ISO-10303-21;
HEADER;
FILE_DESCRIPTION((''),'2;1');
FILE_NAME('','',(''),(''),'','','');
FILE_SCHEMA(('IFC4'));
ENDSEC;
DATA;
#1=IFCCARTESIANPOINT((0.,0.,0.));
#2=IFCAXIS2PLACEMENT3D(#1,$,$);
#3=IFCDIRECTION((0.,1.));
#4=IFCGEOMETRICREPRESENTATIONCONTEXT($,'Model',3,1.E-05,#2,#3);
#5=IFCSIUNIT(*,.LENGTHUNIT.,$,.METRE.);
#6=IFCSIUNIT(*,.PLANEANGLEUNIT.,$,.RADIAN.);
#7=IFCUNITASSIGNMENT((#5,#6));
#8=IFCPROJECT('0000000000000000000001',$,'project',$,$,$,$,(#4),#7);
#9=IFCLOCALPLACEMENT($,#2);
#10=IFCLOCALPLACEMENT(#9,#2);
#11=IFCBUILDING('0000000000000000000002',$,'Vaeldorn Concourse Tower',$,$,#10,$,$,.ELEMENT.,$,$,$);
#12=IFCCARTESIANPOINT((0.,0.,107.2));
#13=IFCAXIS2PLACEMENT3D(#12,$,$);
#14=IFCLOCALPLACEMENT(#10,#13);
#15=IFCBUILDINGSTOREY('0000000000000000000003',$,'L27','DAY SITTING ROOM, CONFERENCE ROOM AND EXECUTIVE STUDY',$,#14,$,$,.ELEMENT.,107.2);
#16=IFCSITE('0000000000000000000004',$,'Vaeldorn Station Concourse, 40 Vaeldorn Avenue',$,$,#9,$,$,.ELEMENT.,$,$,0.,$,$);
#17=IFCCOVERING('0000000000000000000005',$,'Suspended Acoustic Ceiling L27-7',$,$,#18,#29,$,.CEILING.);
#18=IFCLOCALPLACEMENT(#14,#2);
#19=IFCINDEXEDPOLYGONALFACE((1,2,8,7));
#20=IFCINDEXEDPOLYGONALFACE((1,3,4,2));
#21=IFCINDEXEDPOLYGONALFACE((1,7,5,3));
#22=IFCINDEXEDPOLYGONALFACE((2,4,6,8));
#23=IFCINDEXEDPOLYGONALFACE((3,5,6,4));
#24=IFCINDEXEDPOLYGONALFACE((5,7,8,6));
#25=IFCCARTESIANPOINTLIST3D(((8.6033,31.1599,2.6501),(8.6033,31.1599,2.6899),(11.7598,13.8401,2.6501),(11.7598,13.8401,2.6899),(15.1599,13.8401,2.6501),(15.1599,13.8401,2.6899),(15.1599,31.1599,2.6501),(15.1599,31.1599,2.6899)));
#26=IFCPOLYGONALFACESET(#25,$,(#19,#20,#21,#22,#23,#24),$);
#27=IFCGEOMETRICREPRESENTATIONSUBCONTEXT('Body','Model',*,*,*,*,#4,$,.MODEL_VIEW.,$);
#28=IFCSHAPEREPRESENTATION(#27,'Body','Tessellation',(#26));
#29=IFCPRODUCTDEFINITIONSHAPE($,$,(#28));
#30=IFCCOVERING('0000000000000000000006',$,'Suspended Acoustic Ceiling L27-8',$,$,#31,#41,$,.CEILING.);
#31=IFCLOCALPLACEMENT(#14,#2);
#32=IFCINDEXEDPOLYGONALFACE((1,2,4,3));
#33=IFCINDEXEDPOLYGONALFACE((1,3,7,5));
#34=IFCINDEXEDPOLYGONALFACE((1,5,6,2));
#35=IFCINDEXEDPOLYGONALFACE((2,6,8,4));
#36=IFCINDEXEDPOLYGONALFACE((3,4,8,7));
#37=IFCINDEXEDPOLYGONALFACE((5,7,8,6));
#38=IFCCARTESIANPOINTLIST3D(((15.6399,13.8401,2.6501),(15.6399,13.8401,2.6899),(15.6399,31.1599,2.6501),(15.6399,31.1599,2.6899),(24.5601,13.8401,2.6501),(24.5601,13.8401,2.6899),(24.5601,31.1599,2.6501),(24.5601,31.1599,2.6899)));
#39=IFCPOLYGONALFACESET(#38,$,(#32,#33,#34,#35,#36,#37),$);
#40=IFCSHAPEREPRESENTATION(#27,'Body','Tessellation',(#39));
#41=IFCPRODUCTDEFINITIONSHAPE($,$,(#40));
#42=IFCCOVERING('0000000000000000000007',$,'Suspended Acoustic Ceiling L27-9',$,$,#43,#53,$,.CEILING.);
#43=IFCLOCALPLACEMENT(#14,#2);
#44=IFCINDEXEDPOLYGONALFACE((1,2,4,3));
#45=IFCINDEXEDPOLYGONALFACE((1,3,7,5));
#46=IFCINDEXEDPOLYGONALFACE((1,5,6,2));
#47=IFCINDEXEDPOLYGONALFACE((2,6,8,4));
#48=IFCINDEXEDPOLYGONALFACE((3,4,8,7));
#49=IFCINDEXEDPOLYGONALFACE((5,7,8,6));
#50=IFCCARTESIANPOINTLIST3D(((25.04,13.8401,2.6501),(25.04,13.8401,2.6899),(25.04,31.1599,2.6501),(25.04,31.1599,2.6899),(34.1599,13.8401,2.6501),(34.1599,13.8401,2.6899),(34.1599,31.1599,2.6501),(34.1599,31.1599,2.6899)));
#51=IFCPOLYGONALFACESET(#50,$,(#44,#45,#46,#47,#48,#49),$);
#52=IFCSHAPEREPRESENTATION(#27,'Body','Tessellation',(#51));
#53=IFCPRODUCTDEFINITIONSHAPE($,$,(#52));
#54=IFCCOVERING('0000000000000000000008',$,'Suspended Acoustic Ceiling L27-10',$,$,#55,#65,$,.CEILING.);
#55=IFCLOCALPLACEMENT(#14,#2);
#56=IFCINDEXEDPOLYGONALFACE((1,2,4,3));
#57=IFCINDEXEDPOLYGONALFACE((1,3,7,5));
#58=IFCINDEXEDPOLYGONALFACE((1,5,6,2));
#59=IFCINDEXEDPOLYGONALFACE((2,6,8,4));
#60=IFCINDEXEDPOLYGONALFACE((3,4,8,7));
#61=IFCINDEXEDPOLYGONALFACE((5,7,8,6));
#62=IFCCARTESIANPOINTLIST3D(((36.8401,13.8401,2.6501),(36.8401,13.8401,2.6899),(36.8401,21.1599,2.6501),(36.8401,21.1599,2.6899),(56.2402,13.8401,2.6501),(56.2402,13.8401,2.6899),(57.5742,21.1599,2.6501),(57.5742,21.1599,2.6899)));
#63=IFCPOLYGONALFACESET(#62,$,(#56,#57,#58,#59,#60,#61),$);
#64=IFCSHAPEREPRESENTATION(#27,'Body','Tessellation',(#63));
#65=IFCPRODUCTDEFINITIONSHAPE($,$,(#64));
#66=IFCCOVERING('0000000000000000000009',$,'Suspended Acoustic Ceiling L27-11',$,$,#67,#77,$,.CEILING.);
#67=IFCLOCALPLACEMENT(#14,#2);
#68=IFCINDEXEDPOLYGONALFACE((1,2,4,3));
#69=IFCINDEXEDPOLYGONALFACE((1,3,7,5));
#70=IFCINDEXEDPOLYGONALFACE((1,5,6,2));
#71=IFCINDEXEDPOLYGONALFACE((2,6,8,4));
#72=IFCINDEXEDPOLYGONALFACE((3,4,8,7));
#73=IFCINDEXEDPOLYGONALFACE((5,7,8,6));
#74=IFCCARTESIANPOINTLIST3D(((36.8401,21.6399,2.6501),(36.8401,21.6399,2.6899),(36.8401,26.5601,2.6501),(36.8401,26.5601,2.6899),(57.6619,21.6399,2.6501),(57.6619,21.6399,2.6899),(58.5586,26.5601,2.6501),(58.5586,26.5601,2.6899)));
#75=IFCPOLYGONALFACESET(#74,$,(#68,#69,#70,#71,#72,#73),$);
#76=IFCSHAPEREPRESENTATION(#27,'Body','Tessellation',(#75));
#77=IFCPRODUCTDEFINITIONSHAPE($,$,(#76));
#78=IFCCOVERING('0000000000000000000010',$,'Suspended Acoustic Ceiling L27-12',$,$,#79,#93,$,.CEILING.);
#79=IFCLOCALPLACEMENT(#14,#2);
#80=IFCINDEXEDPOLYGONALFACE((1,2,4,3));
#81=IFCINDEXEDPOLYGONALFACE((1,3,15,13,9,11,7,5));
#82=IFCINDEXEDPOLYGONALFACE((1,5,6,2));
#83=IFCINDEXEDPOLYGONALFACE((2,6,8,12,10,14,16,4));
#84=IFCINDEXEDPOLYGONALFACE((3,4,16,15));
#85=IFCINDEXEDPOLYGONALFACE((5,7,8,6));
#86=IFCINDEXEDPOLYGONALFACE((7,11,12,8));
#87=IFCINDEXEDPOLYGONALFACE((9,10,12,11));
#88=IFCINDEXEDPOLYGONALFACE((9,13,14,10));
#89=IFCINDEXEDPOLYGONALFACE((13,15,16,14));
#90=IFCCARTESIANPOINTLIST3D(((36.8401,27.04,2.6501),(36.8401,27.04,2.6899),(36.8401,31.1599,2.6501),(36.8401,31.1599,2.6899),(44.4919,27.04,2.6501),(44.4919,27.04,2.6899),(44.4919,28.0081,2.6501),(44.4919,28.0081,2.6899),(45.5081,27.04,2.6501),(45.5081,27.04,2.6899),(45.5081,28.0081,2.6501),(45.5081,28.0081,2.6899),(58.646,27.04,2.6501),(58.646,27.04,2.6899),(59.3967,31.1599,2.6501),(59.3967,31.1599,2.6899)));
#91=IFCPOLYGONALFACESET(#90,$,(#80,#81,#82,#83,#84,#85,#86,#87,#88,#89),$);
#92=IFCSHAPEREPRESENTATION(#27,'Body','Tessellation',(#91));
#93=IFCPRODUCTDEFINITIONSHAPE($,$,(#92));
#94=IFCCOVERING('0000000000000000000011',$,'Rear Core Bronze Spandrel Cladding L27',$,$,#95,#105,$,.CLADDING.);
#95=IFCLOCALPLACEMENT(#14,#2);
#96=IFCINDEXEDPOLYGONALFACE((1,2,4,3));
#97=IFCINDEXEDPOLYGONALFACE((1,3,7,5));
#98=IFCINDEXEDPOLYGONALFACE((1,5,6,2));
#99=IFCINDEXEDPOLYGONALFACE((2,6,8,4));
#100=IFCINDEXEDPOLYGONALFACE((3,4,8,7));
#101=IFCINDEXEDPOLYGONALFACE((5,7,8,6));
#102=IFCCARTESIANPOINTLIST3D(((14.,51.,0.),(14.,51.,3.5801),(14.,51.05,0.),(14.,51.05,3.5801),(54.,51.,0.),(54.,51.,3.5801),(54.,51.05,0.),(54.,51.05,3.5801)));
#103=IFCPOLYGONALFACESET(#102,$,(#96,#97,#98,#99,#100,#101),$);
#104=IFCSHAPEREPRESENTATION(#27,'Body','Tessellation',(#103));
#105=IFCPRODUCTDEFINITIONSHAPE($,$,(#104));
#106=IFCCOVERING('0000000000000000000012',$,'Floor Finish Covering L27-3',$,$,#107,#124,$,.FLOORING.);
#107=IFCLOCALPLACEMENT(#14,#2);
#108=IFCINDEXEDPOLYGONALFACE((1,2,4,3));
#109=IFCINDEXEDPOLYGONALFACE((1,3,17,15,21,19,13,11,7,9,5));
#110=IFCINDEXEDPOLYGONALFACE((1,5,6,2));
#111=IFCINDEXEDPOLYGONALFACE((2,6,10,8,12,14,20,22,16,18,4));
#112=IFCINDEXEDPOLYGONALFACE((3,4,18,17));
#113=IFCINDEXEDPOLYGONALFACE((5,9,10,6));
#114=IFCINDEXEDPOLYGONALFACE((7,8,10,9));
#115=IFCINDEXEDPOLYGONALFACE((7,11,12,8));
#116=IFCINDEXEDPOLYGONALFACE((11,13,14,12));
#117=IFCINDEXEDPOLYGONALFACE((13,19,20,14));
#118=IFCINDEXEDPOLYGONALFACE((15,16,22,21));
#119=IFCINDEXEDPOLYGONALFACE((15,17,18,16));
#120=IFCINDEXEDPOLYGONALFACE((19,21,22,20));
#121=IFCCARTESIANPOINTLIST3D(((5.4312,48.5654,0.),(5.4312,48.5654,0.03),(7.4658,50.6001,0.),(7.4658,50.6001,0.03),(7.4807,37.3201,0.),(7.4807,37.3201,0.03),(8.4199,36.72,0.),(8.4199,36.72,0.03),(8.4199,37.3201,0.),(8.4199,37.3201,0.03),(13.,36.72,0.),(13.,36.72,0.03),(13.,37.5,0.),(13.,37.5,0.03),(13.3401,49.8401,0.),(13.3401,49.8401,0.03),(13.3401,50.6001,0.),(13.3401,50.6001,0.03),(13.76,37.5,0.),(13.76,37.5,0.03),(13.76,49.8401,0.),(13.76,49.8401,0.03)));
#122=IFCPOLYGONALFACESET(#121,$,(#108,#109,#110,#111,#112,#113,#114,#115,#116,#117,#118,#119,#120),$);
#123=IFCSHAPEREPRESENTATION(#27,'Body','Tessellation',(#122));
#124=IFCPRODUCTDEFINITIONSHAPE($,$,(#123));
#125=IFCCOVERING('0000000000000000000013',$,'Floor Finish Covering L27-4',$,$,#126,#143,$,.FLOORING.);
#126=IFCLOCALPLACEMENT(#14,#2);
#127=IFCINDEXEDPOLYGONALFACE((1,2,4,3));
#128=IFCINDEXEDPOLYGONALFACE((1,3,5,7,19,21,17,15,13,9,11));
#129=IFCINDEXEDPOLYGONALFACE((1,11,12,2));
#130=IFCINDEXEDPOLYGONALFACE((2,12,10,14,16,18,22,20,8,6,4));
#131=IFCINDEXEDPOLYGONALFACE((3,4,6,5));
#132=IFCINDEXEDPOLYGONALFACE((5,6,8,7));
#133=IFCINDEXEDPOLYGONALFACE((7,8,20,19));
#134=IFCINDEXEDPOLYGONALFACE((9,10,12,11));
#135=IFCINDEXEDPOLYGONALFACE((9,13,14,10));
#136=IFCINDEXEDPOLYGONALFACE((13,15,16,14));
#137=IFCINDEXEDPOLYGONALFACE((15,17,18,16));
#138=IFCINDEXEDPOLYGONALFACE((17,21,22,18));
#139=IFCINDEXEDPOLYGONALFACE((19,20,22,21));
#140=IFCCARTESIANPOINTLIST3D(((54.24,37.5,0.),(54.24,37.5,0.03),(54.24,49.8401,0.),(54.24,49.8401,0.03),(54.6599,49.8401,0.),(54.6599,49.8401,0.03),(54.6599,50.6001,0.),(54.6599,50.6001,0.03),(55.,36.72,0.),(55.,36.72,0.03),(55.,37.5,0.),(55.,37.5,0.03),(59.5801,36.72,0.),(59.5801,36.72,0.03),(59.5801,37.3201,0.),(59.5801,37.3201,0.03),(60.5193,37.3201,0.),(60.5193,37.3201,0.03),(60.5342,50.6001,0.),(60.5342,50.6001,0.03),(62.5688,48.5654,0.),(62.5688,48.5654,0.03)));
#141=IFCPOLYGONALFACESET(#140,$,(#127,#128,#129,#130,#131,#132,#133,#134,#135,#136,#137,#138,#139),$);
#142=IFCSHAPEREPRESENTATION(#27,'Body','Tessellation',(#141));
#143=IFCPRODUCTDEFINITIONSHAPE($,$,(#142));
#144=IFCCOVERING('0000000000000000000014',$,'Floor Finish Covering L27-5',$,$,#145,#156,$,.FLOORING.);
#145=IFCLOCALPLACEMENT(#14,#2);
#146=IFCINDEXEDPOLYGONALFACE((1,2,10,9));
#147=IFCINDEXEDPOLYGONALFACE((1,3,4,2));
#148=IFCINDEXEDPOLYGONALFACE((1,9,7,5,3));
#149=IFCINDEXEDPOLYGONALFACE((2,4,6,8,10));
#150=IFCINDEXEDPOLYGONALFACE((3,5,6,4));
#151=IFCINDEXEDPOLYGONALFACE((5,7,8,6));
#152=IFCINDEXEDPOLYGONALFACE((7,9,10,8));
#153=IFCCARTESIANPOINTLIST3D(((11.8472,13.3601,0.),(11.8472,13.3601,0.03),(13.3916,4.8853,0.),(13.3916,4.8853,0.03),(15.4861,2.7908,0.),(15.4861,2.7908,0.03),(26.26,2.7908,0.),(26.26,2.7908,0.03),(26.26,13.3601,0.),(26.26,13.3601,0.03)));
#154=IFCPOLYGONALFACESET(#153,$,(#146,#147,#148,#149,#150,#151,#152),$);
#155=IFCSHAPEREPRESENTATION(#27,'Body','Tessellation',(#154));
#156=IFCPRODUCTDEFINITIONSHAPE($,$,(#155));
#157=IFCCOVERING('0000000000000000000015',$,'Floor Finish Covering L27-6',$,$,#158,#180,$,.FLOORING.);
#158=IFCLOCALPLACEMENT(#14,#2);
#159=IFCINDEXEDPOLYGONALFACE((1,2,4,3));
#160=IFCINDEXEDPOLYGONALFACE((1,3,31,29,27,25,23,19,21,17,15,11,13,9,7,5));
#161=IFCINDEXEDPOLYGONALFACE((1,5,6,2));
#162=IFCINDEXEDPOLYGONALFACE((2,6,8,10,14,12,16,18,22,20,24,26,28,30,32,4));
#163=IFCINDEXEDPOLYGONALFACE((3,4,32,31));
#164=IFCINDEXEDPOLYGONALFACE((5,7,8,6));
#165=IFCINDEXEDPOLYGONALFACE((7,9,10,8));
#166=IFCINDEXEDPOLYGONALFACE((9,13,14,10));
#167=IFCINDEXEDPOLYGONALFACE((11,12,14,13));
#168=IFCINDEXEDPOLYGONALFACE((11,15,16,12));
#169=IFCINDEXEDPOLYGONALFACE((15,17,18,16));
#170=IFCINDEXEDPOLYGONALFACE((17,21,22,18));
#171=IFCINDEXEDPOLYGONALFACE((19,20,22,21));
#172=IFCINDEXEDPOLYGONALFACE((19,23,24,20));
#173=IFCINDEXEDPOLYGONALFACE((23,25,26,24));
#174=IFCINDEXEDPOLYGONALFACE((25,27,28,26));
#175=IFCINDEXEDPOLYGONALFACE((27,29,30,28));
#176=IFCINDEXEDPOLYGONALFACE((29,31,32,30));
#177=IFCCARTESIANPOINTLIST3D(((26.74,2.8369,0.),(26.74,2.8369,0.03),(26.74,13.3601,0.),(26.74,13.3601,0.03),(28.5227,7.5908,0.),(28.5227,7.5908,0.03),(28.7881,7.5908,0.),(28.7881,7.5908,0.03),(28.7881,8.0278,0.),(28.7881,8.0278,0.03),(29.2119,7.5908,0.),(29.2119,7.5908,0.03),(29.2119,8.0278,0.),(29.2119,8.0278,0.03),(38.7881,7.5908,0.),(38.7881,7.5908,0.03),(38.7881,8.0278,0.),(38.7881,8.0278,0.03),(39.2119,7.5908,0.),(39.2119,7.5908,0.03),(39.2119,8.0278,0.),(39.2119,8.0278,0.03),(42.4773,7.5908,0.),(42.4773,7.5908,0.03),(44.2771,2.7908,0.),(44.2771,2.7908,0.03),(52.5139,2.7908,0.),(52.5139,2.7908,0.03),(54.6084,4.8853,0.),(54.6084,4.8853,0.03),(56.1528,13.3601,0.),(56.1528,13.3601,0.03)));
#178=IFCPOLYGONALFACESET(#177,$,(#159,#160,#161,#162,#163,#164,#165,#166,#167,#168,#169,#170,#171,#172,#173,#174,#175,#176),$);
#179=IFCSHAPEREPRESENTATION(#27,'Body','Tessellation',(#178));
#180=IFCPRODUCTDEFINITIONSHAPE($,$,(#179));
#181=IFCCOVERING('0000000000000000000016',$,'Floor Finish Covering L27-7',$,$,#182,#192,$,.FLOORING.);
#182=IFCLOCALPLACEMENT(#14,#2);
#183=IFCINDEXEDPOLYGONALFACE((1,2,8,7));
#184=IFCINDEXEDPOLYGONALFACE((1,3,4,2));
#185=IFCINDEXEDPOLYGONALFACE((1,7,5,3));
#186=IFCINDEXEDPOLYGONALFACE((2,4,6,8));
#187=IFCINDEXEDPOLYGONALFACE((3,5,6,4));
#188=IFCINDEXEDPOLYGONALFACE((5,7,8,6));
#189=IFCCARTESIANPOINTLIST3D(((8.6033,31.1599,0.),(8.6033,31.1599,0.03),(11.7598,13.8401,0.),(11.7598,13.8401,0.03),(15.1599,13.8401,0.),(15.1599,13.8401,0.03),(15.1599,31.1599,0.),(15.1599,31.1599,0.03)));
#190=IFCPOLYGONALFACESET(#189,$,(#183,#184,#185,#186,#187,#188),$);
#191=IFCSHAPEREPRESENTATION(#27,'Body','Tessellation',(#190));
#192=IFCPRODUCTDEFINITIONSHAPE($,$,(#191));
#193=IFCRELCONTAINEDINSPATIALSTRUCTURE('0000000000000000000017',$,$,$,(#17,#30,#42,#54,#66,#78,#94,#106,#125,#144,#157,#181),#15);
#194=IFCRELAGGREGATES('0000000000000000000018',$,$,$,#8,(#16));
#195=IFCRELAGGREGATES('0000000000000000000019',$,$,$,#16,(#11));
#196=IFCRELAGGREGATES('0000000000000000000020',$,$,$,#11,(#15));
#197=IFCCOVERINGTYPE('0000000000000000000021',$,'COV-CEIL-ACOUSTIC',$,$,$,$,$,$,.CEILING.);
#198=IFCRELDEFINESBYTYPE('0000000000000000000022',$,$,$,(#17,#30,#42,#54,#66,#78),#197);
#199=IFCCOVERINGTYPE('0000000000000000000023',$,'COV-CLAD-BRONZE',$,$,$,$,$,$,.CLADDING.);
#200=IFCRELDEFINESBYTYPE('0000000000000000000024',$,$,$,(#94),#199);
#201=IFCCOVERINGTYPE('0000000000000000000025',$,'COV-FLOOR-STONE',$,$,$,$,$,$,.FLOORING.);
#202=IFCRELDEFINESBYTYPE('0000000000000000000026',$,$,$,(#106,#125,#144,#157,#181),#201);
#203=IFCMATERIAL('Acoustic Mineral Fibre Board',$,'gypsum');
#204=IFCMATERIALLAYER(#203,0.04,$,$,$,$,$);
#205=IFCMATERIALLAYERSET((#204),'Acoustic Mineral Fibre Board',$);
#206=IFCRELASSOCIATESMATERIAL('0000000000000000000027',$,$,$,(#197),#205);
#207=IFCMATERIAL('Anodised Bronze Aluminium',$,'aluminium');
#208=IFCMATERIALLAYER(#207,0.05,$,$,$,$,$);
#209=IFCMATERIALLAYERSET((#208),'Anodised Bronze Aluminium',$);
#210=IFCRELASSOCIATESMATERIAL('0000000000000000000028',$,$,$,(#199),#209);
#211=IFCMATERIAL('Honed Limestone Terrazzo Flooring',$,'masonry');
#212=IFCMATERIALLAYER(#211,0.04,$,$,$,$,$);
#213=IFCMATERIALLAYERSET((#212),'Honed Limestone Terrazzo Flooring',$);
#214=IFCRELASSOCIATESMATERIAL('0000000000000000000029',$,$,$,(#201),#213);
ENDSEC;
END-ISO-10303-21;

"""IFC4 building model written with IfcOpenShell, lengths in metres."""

from ifc_helpers import new_model, si_unit, direction, frame, origin, place, context, subcontext, project, spatial, polyline, outline, extrude, material, layer, layer_set, type_object, element, save


model = new_model("IFC4")

# Units and contexts
model_context = context("Model", 3, precision=1e-05, world=origin(), true_north=direction((0.0, 1.0)))
body_context = subcontext(model_context, "Body", "Model", "MODEL_VIEW")
ifc_project = project(units=[si_unit("LENGTHUNIT", "METRE"), si_unit("PLANEANGLEUNIT", "RADIAN")], contexts=[model_context])

# Site, building, storey
site_placement = place(None, origin())
site = spatial("IfcSite", under=ifc_project, at=site_placement, Name="Vaeldorn Station Concourse, 40 Vaeldorn Avenue", CompositionType="ELEMENT", RefElevation=0.0)
building_placement = place(site_placement, origin())
building = spatial("IfcBuilding", under=site, at=building_placement, Name="Vaeldorn Concourse Tower", CompositionType="ELEMENT")
storey_placement = place(building_placement, frame((0.0, 0.0, 107.2)))
storey = spatial("IfcBuildingStorey", under=building, at=storey_placement, Name="L27", Description="DAY SITTING ROOM, CONFERENCE ROOM AND EXECUTIVE STUDY", CompositionType="ELEMENT", Elevation=107.2)

# Coverings
ifc_material_1 = material(Name="Acoustic Mineral Fibre Board", Category="gypsum")
ifc_layer_1 = layer(ifc_material_1, 0.04)
ifc_layer_set_1 = layer_set([ifc_layer_1], Name="Acoustic Mineral Fibre Board")
covering_type_1 = type_object("IfcCoveringType", Name="COV-CEIL-ACOUSTIC", PredefinedType="CEILING", material=ifc_layer_set_1)
covering_1_placement = place(storey_placement, frame((0.0, 0.0, 2.6501)))
element("IfcCovering", 1, at=covering_1_placement, inside=storey, type_object=covering_type_1, Name="Suspended Acoustic Ceiling L27-7", PredefinedType="CEILING", context=body_context, shape_type="SweptSolid", body=[
    extrude(outline(polyline([(15.1599, 31.1599), (15.1599, 13.8401), (11.7598, 13.8401), (8.6033, 31.1599), (15.1599, 31.1599)])), origin(), (0.0, 0.0, 1.0), 0.0398),
])
covering_2_placement = place(storey_placement, frame((0.0, 0.0, 2.6501)))
element("IfcCovering", 2, at=covering_2_placement, inside=storey, type_object=covering_type_1, Name="Suspended Acoustic Ceiling L27-8", PredefinedType="CEILING", context=body_context, shape_type="SweptSolid", body=[
    extrude(outline(polyline([(15.6399, 31.1599), (24.5601, 31.1599), (24.5601, 13.8401), (15.6399, 13.8401), (15.6399, 31.1599)])), origin(), (0.0, 0.0, 1.0), 0.0398),
])
covering_3_placement = place(storey_placement, frame((0.0, 0.0, 2.6501)))
element("IfcCovering", 3, at=covering_3_placement, inside=storey, type_object=covering_type_1, Name="Suspended Acoustic Ceiling L27-9", PredefinedType="CEILING", context=body_context, shape_type="SweptSolid", body=[
    extrude(outline(polyline([(25.04, 31.1599), (34.1599, 31.1599), (34.1599, 13.8401), (25.04, 13.8401), (25.04, 31.1599)])), origin(), (0.0, 0.0, 1.0), 0.0398),
])
covering_4_placement = place(storey_placement, frame((0.0, 0.0, 2.6501)))
element("IfcCovering", 4, at=covering_4_placement, inside=storey, type_object=covering_type_1, Name="Suspended Acoustic Ceiling L27-10", PredefinedType="CEILING", context=body_context, shape_type="SweptSolid", body=[
    extrude(outline(polyline([(36.8401, 13.8401), (36.8401, 21.1599), (57.5742, 21.1599), (56.2402, 13.8401), (36.8401, 13.8401)])), origin(), (0.0, 0.0, 1.0), 0.0398),
])
covering_5_placement = place(storey_placement, frame((0.0, 0.0, 2.6501)))
element("IfcCovering", 5, at=covering_5_placement, inside=storey, type_object=covering_type_1, Name="Suspended Acoustic Ceiling L27-11", PredefinedType="CEILING", context=body_context, shape_type="SweptSolid", body=[
    extrude(outline(polyline([(36.8401, 21.6399), (36.8401, 26.5601), (58.5586, 26.5601), (57.6619, 21.6399), (36.8401, 21.6399)])), origin(), (0.0, 0.0, 1.0), 0.0398),
])
covering_6_placement = place(storey_placement, frame((0.0, 0.0, 2.6501)))
element("IfcCovering", 6, at=covering_6_placement, inside=storey, type_object=covering_type_1, Name="Suspended Acoustic Ceiling L27-12", PredefinedType="CEILING", context=body_context, shape_type="SweptSolid", body=[
    extrude(outline(polyline([(36.8401, 31.1599), (59.3967, 31.1599), (58.646, 27.04), (45.5081, 27.04), (45.5081, 28.0081), (44.4919, 28.0081), (44.4919, 27.04), (36.8401, 27.04), (36.8401, 31.1599)])), origin(), (0.0, 0.0, 1.0), 0.0398),
])
ifc_material_2 = material(Name="Anodised Bronze Aluminium", Category="aluminium")
ifc_layer_2 = layer(ifc_material_2, 0.05)
ifc_layer_set_2 = layer_set([ifc_layer_2], Name="Anodised Bronze Aluminium")
covering_type_2 = type_object("IfcCoveringType", Name="COV-CLAD-BRONZE", PredefinedType="CLADDING", material=ifc_layer_set_2)
covering_7_placement = place(storey_placement, origin())
element("IfcCovering", 7, at=covering_7_placement, inside=storey, type_object=covering_type_2, Name="Rear Core Bronze Spandrel Cladding L27", PredefinedType="CLADDING", context=body_context, shape_type="SweptSolid", body=[
    extrude(outline(polyline([(14.0, 51.0), (54.0, 51.0), (54.0, 51.05), (14.0, 51.05), (14.0, 51.0)])), origin(), (0.0, 0.0, 1.0), 3.5801),
])
ifc_material_3 = material(Name="Honed Limestone Terrazzo Flooring", Category="masonry")
ifc_layer_3 = layer(ifc_material_3, 0.04)
ifc_layer_set_3 = layer_set([ifc_layer_3], Name="Honed Limestone Terrazzo Flooring")
covering_type_3 = type_object("IfcCoveringType", Name="COV-FLOOR-STONE", PredefinedType="FLOORING", material=ifc_layer_set_3)
covering_8_placement = place(storey_placement, origin())
element("IfcCovering", 8, at=covering_8_placement, inside=storey, type_object=covering_type_3, Name="Floor Finish Covering L27-3", PredefinedType="FLOORING", context=body_context, shape_type="SweptSolid", body=[
    extrude(outline(polyline([(7.4658, 50.6001), (13.3401, 50.6001), (13.3401, 49.8401), (13.76, 49.8401), (13.76, 37.5), (13.0, 37.5), (13.0, 36.72), (8.4199, 36.72), (8.4199, 37.3201), (7.4807, 37.3201), (5.4312, 48.5654), (7.4658, 50.6001)])), origin(), (0.0, 0.0, 1.0), 0.03),
])
covering_9_placement = place(storey_placement, origin())
element("IfcCovering", 9, at=covering_9_placement, inside=storey, type_object=covering_type_3, Name="Floor Finish Covering L27-4", PredefinedType="FLOORING", context=body_context, shape_type="SweptSolid", body=[
    extrude(outline(polyline([(54.6599, 49.8401), (54.6599, 50.6001), (60.5342, 50.6001), (62.5688, 48.5654), (60.5193, 37.3201), (59.5801, 37.3201), (59.5801, 36.72), (55.0, 36.72), (55.0, 37.5), (54.24, 37.5), (54.24, 49.8401), (54.6599, 49.8401)])), origin(), (0.0, 0.0, 1.0), 0.03),
])
covering_10_placement = place(storey_placement, origin())
element("IfcCovering", 10, at=covering_10_placement, inside=storey, type_object=covering_type_3, Name="Floor Finish Covering L27-5", PredefinedType="FLOORING", context=body_context, shape_type="SweptSolid", body=[
    extrude(outline(polyline([(26.26, 13.3601), (26.26, 2.7908), (15.4861, 2.7908), (13.3916, 4.8853), (11.8472, 13.3601), (26.26, 13.3601)])), origin(), (0.0, 0.0, 1.0), 0.03),
])
covering_11_placement = place(storey_placement, origin())
element("IfcCovering", 11, at=covering_11_placement, inside=storey, type_object=covering_type_3, Name="Floor Finish Covering L27-6", PredefinedType="FLOORING", context=body_context, shape_type="SweptSolid", body=[
    extrude(outline(polyline([(26.74, 13.3601), (56.1528, 13.3601), (54.6084, 4.8853), (52.5139, 2.7908), (44.2771, 2.7908), (42.4773, 7.5908), (39.2119, 7.5908), (39.2119, 8.0278), (38.7881, 8.0278), (38.7881, 7.5908), (29.2119, 7.5908), (29.2119, 8.0278), (28.7881, 8.0278), (28.7881, 7.5908), (28.5227, 7.5908), (26.74, 2.8369), (26.74, 13.3601)])), origin(), (0.0, 0.0, 1.0), 0.03),
])
covering_12_placement = place(storey_placement, origin())
element("IfcCovering", 12, at=covering_12_placement, inside=storey, type_object=covering_type_3, Name="Floor Finish Covering L27-7", PredefinedType="FLOORING", context=body_context, shape_type="SweptSolid", body=[
    extrude(outline(polyline([(15.1599, 31.1599), (15.1599, 13.8401), (11.7598, 13.8401), (8.6033, 31.1599), (15.1599, 31.1599)])), origin(), (0.0, 0.0, 1.0), 0.03),
])

save(model, "model.ifc")
